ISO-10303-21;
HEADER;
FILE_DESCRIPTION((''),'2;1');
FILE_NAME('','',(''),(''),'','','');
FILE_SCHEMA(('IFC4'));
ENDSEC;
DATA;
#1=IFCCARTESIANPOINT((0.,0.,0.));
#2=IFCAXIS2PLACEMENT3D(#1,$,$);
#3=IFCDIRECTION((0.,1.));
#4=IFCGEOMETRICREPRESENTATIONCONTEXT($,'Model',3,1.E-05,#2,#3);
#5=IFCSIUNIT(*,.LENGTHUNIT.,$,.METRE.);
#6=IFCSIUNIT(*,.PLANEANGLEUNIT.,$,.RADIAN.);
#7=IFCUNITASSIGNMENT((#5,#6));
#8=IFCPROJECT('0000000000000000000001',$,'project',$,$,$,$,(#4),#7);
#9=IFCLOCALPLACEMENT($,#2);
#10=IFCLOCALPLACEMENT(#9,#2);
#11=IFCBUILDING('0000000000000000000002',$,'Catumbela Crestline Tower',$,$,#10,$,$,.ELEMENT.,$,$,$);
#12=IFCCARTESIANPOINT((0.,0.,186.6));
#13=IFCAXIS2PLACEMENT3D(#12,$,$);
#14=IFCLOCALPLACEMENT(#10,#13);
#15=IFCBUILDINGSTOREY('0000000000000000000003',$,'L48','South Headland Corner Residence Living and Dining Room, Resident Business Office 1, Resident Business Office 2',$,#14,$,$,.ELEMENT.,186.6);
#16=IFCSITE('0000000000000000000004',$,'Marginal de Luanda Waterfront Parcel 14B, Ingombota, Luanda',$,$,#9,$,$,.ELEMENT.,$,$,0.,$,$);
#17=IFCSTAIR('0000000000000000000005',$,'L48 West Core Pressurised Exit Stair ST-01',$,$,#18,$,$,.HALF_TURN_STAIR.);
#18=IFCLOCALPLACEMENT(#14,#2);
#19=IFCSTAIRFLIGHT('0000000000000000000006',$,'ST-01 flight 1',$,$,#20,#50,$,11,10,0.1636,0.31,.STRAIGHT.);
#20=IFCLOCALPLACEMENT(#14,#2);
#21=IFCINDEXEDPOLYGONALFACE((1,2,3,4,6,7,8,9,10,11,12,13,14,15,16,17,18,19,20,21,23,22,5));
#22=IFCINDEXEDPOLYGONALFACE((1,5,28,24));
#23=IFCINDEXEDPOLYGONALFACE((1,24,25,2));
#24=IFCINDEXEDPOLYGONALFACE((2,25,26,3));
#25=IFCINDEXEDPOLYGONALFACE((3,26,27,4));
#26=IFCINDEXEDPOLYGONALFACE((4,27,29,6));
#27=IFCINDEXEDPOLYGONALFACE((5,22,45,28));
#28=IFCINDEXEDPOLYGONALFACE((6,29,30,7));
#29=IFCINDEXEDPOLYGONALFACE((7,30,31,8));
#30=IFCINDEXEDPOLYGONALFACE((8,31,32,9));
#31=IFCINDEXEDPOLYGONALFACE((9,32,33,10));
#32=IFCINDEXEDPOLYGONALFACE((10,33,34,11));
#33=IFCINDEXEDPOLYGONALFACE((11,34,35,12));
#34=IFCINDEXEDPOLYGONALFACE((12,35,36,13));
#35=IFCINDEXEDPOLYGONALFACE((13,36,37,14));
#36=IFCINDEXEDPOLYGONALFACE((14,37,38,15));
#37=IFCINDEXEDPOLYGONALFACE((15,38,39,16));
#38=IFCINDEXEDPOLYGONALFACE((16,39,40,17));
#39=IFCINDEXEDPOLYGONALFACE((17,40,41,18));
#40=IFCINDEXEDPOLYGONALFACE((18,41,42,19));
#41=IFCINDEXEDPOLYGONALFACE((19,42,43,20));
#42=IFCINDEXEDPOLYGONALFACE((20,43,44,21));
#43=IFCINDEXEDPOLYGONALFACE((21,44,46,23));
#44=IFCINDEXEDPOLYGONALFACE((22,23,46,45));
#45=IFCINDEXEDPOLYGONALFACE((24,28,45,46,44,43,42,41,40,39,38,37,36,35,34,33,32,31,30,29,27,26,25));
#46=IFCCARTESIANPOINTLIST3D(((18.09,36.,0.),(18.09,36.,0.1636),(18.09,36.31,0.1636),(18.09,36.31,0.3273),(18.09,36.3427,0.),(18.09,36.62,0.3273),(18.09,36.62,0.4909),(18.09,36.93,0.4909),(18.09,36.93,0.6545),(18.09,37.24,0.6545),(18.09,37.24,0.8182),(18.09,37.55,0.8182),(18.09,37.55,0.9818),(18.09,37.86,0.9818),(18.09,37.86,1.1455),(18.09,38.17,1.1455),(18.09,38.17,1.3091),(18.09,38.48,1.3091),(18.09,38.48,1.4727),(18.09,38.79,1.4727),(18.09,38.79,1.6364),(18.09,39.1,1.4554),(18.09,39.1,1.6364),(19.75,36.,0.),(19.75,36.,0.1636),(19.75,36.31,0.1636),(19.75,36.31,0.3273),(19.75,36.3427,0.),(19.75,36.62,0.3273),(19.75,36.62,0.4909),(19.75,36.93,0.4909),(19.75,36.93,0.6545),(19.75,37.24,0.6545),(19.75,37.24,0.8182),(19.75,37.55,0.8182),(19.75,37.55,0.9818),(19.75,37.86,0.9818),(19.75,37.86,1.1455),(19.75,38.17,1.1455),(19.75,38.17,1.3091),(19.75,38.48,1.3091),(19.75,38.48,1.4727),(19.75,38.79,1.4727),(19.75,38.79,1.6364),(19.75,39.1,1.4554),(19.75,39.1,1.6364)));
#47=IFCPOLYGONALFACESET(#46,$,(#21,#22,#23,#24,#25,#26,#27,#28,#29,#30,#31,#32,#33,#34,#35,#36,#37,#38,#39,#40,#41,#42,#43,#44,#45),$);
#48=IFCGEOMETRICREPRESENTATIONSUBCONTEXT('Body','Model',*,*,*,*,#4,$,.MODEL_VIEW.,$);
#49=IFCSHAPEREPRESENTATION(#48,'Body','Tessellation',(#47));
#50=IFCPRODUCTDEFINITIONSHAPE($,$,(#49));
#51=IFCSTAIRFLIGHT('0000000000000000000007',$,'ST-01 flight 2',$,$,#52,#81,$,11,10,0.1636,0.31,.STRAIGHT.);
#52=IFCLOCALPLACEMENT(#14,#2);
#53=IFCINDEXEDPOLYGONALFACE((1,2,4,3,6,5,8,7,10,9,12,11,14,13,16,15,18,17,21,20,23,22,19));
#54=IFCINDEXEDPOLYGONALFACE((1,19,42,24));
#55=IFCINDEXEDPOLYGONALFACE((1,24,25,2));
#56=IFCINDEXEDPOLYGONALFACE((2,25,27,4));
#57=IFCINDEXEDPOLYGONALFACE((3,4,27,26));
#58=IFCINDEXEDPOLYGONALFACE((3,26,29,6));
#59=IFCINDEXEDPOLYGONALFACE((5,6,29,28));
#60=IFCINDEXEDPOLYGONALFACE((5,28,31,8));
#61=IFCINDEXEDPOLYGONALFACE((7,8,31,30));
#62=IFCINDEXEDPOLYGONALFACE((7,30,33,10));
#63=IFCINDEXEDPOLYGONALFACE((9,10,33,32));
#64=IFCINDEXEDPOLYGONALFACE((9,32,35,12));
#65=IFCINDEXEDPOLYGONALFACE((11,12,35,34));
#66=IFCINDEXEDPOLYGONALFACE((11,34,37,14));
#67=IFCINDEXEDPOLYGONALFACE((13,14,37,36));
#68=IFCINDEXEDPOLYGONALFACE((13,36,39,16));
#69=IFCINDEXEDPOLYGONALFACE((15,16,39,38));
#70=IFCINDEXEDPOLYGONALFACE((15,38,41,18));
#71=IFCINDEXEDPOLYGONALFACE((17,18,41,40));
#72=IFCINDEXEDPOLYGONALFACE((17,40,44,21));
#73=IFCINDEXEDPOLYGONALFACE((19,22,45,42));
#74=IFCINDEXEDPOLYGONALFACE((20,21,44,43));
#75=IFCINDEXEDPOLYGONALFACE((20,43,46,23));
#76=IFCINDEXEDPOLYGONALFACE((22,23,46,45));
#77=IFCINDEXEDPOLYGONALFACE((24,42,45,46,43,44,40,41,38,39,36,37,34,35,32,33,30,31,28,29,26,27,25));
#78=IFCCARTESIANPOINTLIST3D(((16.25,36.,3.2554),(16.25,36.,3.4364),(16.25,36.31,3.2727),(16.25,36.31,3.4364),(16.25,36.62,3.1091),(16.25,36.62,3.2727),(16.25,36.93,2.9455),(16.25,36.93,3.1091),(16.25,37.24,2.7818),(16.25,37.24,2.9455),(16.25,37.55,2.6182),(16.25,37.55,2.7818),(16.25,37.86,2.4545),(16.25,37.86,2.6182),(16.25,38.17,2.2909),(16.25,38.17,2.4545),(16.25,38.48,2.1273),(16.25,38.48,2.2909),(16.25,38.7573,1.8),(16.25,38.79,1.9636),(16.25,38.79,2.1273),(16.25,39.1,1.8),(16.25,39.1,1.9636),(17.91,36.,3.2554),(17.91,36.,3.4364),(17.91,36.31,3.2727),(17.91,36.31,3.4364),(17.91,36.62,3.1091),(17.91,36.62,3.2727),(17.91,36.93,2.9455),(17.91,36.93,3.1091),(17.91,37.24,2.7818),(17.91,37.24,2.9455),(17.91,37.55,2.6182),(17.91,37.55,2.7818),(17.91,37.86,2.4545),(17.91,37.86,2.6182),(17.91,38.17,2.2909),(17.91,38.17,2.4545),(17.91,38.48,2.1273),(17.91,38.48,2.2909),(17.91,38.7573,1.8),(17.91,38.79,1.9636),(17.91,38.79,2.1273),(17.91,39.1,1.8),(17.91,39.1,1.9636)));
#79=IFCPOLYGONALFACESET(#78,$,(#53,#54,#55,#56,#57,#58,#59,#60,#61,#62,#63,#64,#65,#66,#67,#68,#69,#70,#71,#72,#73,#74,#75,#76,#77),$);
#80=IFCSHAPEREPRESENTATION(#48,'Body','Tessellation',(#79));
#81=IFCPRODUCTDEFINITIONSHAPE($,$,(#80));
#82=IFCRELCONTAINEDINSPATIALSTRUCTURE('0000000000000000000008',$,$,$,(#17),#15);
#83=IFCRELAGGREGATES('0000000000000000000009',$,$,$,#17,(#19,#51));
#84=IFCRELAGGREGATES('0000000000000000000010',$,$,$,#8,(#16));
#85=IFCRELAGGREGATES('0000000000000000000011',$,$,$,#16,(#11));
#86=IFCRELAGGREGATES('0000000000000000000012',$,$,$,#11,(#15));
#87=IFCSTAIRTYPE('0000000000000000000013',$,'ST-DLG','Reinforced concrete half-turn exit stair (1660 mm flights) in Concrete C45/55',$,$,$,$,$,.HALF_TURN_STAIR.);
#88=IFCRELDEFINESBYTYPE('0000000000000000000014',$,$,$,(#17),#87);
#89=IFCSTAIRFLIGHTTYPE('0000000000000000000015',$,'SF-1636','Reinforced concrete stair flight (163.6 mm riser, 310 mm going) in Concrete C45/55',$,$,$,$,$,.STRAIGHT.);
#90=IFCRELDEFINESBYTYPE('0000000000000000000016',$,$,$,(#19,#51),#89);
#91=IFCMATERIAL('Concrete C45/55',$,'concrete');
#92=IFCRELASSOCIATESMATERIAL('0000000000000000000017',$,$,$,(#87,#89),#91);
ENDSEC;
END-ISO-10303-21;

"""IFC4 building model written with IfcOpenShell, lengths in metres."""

from ifc_helpers import new_model, si_unit, direction, frame, origin, place, context, subcontext, project, spatial, polyline, outline, extrude, material, type_object, element, aggregate, save


model = new_model("IFC4")

# Units and contexts
model_context = context("Model", 3, precision=1e-05, world=origin(), true_north=direction((0.0, 1.0)))
body_context = subcontext(model_context, "Body", "Model", "MODEL_VIEW")
ifc_project = project(units=[si_unit("LENGTHUNIT", "METRE"), si_unit("PLANEANGLEUNIT", "RADIAN")], contexts=[model_context])

# Site, building, storey
site_placement = place(None, origin())
site = spatial("IfcSite", under=ifc_project, at=site_placement, Name="Marginal de Luanda Waterfront Parcel 14B, Ingombota, Luanda", CompositionType="ELEMENT", RefElevation=0.0)
building_placement = place(site_placement, origin())
building = spatial("IfcBuilding", under=site, at=building_placement, Name="Catumbela Crestline Tower", CompositionType="ELEMENT")
storey_placement = place(building_placement, frame((0.0, 0.0, 186.6)))
storey = spatial("IfcBuildingStorey", under=building, at=storey_placement, Name="L48", Description="South Headland Corner Residence Living and Dining Room, Resident Business Office 1, Resident Business Office 2", CompositionType="ELEMENT", Elevation=186.6)

# Stair, stair flights
ifc_material_1 = material(Name="Concrete C45/55", Category="concrete")
stair_type = type_object("IfcStairType", Name="ST-DLG", Description="Reinforced concrete half-turn exit stair (1660 mm flights) in Concrete C45/55", PredefinedType="HALF_TURN_STAIR", material=ifc_material_1)
stair_placement = place(storey_placement, origin())
stair = element("IfcStair", 1, at=stair_placement, inside=storey, type_object=stair_type, Name="L48 West Core Pressurised Exit Stair ST-01", PredefinedType="HALF_TURN_STAIR")
stair_flight_type = type_object("IfcStairFlightType", Name="SF-1636", Description="Reinforced concrete stair flight (163.6 mm riser, 310 mm going) in Concrete C45/55", PredefinedType="STRAIGHT", material=ifc_material_1)
stair_flight_1_placement = place(storey_placement, frame((18.92, 36.0, 0.0), z_axis=(0.0, 0.0, 1.0), x_axis=(0.0, 1.0, 0.0)))
stair_flight_1 = element("IfcStairFlight", 2, at=stair_flight_1_placement, type_object=stair_flight_type, Name="ST-01 flight 1", NumberOfRisers=11, NumberOfTreads=10, PredefinedType="STRAIGHT", RiserHeight=0.1636, TreadLength=0.31, context=body_context, shape_type="SweptSolid", body=[
    extrude(outline(polyline([(0.0, 0.0), (0.0, 0.1636), (0.31, 0.1636), (0.31, 0.3273), (0.62, 0.3273), (0.62, 0.4909), (0.93, 0.4909), (0.93, 0.6545), (1.24, 0.6545), (1.24, 0.8182), (1.55, 0.8182), (1.55, 0.9818), (1.86, 0.9818), (1.86, 1.1455), (2.17, 1.1455), (2.17, 1.3091), (2.48, 1.3091), (2.48, 1.4727), (2.79, 1.4727), (2.79, 1.6364), (3.1, 1.6364), (3.1, 1.8), (3.1, 1.4554), (0.3427, 0.0), (0.0, 0.0)])), frame((0.0, 0.83, 0.0), z_axis=(0.0, -1.0, 0.0), x_axis=(1.0, 0.0, 0.0)), (0.0, 0.0, 1.0), 1.66),
])
stair_flight_2_placement = place(storey_placement, frame((17.08, 39.1, 1.8), z_axis=(0.0, 0.0, 1.0), x_axis=(0.0, -1.0, 0.0)))
stair_flight_2 = element("IfcStairFlight", 3, at=stair_flight_2_placement, type_object=stair_flight_type, Name="ST-01 flight 2", NumberOfRisers=11, NumberOfTreads=10, PredefinedType="STRAIGHT", RiserHeight=0.1636, TreadLength=0.31, context=body_context, shape_type="SweptSolid", body=[
    extrude(outline(polyline([(0.0, 0.0), (0.0, 0.1636), (0.31, 0.1636), (0.31, 0.3273), (0.62, 0.3273), (0.62, 0.4909), (0.93, 0.4909), (0.93, 0.6545), (1.24, 0.6545), (1.24, 0.8182), (1.55, 0.8182), (1.55, 0.9818), (1.86, 0.9818), (1.86, 1.1455), (2.17, 1.1455), (2.17, 1.3091), (2.48, 1.3091), (2.48, 1.4727), (2.79, 1.4727), (2.79, 1.6364), (3.1, 1.6364), (3.1, 1.8), (3.1, 1.4554), (0.3427, 0.0), (0.0, 0.0)])), frame((0.0, 0.83, 0.0), z_axis=(0.0, -1.0, 0.0), x_axis=(1.0, 0.0, 0.0)), (0.0, 0.0, 1.0), 1.66),
])
aggregate(stair, [stair_flight_1, stair_flight_2])

save(model, "model.ifc")
